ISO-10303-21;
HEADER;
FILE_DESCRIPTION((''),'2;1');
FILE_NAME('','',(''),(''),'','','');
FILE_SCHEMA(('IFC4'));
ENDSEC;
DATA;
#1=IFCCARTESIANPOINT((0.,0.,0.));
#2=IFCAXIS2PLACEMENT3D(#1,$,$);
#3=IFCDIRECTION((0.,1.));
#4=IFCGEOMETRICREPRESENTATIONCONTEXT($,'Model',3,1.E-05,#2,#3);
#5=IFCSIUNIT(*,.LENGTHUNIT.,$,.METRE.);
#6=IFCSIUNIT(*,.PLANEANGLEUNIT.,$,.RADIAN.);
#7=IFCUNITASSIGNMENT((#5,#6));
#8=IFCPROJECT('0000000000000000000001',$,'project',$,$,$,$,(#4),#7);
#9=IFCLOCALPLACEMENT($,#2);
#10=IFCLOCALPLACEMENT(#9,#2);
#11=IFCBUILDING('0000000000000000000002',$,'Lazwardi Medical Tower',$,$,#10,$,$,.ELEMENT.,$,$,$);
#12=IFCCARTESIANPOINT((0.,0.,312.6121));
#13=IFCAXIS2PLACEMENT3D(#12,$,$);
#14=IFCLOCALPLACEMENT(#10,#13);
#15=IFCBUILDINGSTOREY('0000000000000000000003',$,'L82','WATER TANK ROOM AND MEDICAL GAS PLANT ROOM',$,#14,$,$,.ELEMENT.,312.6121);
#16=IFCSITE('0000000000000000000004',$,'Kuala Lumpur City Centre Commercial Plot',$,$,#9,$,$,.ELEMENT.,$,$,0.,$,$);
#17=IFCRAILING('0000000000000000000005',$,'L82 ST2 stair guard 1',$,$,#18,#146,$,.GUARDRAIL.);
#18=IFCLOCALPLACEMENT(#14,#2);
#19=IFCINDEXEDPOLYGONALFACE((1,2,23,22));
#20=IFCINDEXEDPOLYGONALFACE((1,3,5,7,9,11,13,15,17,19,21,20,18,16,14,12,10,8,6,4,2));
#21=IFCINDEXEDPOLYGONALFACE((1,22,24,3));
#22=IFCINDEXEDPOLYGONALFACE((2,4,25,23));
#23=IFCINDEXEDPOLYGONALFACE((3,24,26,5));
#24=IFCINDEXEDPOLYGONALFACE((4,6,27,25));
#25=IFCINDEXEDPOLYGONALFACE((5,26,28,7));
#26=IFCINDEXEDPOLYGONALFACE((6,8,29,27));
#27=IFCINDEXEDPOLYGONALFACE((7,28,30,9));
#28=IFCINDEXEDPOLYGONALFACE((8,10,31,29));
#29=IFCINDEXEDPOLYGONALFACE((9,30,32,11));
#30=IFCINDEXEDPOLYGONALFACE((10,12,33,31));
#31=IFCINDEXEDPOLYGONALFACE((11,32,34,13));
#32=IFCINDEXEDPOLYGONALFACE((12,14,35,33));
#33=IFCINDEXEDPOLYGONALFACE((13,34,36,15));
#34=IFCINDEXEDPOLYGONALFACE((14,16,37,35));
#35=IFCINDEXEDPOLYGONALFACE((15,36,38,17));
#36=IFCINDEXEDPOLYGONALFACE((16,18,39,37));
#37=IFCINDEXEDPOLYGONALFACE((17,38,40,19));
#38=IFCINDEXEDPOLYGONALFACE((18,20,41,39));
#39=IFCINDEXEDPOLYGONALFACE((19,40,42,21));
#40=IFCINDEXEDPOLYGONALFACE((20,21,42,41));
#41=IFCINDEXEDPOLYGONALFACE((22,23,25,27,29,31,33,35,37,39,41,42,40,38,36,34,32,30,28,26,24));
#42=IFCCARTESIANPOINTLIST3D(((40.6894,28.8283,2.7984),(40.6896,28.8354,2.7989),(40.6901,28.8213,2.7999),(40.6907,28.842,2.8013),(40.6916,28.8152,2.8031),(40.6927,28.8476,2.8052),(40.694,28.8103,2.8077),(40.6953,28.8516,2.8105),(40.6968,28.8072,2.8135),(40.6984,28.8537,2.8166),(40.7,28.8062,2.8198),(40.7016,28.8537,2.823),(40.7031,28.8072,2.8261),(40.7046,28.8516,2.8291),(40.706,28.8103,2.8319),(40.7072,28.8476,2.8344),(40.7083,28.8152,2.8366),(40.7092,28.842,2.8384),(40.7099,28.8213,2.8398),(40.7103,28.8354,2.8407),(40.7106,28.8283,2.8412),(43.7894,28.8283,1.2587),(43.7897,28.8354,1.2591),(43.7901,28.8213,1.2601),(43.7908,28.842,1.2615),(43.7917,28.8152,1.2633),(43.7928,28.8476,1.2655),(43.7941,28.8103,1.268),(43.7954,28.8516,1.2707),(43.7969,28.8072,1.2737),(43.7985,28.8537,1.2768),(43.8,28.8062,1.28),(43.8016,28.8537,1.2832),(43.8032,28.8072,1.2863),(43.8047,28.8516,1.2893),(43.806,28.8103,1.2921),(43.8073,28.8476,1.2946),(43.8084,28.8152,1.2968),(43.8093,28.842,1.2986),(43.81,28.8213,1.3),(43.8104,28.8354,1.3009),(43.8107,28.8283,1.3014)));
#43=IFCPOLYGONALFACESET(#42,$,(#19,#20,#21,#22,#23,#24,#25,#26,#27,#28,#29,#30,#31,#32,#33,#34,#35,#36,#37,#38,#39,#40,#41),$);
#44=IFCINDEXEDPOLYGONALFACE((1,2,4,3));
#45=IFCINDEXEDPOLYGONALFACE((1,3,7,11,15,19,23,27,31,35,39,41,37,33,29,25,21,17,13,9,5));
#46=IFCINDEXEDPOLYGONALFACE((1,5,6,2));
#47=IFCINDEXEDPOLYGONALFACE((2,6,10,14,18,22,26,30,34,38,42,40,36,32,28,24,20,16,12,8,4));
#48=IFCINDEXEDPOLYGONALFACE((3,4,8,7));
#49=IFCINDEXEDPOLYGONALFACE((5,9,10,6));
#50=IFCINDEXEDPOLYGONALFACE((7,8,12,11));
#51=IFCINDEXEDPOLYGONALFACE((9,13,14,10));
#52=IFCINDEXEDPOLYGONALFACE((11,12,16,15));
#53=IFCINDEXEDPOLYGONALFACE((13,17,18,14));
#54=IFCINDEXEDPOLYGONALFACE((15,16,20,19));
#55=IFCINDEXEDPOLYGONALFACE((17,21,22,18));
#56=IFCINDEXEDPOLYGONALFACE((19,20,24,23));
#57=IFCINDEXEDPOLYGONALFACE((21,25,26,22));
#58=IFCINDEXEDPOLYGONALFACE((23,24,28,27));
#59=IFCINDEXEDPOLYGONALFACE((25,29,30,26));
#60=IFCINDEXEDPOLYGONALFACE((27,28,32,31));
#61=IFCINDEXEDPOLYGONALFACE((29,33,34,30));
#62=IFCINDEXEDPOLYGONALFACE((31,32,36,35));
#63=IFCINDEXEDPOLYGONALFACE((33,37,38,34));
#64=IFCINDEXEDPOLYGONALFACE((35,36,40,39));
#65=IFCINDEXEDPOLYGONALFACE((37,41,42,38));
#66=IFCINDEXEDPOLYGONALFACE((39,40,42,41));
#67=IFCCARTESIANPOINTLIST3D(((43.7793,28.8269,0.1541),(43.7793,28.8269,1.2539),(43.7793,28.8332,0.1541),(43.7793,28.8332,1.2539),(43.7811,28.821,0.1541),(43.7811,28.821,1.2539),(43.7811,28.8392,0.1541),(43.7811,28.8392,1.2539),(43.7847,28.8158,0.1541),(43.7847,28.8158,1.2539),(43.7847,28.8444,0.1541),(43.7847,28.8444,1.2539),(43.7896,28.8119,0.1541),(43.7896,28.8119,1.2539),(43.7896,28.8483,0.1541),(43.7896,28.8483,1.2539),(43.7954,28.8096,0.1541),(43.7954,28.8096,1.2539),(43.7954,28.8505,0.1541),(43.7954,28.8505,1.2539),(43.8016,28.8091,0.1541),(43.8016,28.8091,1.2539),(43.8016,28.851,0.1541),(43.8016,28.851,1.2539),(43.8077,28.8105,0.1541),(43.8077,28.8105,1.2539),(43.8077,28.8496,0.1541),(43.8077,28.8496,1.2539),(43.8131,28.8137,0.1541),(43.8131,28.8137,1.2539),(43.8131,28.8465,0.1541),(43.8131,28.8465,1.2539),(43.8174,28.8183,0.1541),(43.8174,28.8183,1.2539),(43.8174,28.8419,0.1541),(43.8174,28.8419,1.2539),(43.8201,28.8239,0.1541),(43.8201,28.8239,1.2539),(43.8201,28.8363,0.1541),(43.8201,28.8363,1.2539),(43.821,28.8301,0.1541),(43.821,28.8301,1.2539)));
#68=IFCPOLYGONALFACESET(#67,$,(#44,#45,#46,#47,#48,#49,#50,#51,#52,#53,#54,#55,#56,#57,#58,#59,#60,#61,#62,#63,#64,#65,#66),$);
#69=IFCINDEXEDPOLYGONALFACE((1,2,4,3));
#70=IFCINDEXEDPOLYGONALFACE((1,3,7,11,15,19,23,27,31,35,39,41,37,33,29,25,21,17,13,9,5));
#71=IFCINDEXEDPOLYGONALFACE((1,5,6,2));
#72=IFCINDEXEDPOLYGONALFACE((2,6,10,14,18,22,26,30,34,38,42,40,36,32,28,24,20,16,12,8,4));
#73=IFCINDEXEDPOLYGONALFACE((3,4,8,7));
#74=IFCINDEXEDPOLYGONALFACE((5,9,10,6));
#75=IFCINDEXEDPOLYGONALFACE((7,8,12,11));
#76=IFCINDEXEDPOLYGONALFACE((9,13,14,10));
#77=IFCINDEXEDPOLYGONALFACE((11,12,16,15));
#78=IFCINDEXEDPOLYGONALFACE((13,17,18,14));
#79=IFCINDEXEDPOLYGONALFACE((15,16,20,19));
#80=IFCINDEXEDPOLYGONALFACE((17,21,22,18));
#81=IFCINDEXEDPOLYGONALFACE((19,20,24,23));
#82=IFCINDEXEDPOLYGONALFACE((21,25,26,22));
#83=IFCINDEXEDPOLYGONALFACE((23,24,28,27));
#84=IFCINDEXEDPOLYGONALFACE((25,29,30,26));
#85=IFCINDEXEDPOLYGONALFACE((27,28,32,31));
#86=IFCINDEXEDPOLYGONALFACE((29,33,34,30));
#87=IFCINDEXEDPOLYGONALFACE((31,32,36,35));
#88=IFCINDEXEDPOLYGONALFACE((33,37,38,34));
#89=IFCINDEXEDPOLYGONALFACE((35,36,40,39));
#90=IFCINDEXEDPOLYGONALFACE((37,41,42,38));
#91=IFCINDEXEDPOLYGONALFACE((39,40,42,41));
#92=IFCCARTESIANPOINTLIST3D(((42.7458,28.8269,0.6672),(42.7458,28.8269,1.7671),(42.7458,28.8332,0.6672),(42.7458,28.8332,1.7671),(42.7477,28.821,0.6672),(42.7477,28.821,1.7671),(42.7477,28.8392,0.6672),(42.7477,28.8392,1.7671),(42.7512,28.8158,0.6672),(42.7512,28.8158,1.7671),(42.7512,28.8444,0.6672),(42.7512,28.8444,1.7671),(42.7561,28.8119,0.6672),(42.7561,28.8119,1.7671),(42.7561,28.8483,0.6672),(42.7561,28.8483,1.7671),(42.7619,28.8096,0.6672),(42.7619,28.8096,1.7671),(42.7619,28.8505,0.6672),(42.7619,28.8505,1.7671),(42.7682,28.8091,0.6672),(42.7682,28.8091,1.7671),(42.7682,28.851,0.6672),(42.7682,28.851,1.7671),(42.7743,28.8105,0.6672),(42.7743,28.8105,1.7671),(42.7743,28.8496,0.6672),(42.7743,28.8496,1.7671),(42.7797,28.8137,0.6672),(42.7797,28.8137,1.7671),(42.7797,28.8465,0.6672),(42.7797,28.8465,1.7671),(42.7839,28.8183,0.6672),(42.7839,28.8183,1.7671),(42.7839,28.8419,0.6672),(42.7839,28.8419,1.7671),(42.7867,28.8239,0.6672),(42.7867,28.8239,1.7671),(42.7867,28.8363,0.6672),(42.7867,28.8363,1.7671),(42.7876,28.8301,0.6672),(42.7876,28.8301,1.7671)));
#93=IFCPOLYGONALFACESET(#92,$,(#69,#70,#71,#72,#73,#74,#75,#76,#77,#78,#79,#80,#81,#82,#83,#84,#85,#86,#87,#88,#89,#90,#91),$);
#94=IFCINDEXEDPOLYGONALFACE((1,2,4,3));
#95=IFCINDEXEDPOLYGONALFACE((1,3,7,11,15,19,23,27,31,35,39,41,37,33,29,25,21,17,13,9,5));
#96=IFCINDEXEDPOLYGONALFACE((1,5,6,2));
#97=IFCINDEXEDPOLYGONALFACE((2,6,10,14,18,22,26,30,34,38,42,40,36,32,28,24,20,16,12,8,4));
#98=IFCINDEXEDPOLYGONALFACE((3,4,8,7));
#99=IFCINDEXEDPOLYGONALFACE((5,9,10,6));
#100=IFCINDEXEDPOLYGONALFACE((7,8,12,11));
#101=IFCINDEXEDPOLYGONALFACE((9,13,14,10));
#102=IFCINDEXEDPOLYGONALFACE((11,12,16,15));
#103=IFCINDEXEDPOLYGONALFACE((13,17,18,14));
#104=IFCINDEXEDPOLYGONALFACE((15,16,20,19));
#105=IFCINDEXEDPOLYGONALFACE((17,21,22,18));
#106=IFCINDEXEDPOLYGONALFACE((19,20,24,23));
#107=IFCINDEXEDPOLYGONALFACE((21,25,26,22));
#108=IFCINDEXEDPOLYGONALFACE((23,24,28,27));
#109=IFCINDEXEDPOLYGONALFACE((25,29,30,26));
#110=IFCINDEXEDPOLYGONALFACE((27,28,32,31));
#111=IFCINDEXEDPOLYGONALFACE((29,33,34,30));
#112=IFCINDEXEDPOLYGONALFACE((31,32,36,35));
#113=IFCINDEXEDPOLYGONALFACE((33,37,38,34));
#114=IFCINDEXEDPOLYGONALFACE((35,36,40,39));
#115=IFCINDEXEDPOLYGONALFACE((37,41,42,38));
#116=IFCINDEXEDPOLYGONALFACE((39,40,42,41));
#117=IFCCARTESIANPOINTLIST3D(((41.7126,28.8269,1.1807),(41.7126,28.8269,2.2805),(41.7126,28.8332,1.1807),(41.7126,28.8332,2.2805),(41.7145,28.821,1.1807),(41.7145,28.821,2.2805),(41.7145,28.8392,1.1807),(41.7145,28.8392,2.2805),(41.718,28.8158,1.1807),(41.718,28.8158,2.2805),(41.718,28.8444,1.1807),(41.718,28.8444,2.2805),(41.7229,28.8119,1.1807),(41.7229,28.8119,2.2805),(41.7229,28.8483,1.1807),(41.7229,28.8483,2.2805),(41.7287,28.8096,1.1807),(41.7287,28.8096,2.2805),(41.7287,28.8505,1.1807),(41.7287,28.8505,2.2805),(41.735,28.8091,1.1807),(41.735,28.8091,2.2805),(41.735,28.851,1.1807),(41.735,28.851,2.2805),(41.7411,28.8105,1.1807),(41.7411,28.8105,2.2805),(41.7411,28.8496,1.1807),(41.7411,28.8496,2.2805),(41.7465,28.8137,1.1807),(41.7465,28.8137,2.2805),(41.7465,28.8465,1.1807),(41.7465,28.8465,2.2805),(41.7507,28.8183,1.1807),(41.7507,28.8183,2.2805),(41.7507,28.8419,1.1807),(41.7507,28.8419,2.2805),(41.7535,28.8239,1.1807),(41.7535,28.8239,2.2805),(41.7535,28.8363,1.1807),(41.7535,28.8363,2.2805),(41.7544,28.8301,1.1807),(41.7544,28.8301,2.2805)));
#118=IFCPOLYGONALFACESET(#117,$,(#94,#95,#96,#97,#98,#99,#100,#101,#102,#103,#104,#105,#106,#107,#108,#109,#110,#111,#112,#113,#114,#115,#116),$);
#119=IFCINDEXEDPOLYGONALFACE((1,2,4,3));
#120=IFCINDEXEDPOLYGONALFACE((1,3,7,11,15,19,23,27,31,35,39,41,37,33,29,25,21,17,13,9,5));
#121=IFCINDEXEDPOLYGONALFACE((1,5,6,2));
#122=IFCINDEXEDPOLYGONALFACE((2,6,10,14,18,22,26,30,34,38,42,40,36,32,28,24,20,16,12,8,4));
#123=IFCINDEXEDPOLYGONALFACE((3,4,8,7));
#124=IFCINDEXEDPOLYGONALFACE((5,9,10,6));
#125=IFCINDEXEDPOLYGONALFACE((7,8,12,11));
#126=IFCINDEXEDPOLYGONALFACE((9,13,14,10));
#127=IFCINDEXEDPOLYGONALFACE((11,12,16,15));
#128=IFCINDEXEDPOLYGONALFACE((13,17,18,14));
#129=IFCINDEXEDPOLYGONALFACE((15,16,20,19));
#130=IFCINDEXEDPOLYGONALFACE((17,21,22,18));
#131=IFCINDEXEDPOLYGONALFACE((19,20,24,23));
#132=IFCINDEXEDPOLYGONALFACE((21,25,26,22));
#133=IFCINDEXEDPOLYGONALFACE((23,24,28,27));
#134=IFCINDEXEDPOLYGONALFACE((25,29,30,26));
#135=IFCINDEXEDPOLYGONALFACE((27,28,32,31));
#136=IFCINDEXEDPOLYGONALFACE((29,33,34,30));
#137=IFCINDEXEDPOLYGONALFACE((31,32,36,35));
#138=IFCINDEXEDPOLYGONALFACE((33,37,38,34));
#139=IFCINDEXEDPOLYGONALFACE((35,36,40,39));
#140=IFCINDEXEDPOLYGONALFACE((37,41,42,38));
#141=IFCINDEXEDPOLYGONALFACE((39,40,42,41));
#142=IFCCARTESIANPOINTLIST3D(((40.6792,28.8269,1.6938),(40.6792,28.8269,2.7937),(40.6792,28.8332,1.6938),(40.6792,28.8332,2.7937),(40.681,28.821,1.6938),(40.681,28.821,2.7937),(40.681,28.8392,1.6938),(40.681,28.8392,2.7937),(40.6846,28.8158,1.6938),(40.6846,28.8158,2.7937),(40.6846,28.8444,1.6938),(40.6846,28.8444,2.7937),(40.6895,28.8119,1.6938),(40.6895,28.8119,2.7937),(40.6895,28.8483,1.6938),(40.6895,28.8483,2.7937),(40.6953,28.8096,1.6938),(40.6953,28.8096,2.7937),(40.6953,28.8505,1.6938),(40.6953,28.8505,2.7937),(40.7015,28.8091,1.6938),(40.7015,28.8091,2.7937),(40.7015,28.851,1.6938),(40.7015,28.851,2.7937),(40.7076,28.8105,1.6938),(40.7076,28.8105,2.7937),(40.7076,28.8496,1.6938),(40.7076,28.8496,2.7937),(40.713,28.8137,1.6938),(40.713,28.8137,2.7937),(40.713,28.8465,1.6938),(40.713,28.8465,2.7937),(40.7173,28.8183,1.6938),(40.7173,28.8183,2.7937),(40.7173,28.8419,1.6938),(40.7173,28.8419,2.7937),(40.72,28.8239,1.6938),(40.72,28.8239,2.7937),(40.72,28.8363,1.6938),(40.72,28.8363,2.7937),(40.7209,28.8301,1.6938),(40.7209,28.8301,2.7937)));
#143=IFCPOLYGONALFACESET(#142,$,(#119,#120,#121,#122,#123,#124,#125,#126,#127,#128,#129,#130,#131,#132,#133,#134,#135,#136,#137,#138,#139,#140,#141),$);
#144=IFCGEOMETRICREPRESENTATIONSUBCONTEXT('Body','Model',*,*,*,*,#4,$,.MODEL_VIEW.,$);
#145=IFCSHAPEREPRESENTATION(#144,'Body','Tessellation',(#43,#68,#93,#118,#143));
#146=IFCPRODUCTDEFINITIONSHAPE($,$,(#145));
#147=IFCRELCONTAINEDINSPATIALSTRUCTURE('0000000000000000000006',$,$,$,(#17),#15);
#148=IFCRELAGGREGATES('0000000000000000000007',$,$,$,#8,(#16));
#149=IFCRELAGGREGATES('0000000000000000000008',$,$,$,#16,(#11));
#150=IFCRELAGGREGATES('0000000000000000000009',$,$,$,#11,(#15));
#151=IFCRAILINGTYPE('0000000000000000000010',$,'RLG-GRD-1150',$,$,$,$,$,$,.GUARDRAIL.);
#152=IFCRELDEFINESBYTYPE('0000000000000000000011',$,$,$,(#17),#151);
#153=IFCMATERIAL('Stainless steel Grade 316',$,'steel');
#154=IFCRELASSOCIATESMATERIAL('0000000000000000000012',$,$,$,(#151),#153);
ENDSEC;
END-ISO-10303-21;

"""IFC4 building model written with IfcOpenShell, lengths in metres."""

from ifc_helpers import new_model, si_unit, direction, frame, origin, origin_2d, place, context, subcontext, project, spatial, circle, extrude, material, type_object, element, save


model = new_model("IFC4")

# Units and contexts
model_context = context("Model", 3, precision=1e-05, world=origin(), true_north=direction((0.0, 1.0)))
body_context = subcontext(model_context, "Body", "Model", "MODEL_VIEW")
ifc_project = project(units=[si_unit("LENGTHUNIT", "METRE"), si_unit("PLANEANGLEUNIT", "RADIAN")], contexts=[model_context])

# Site, building, storey
site_placement = place(None, origin())
site = spatial("IfcSite", under=ifc_project, at=site_placement, Name="Kuala Lumpur City Centre Commercial Plot", CompositionType="ELEMENT", RefElevation=0.0)
building_placement = place(site_placement, origin())
building = spatial("IfcBuilding", under=site, at=building_placement, Name="Lazwardi Medical Tower", CompositionType="ELEMENT")
storey_placement = place(building_placement, frame((0.0, 0.0, 312.6121)))
storey = spatial("IfcBuildingStorey", under=building, at=storey_placement, Name="L82", Description="WATER TANK ROOM AND MEDICAL GAS PLANT ROOM", CompositionType="ELEMENT", Elevation=312.6121)

# Railing
ifc_material_1 = material(Name="Stainless steel Grade 316", Category="steel")
railing_type_1 = type_object("IfcRailingType", Name="RLG-GRD-1150", PredefinedType="GUARDRAIL", material=ifc_material_1)
railing_1_placement = place(storey_placement, frame((43.8, 28.8301, 0.1541)))
element("IfcRailing", 1, at=railing_1_placement, inside=storey, type_object=railing_type_1, Name="L82 ST2 stair guard 1", PredefinedType="GUARDRAIL", context=body_context, shape_type="SweptSolid", body=[
    extrude(circle(Radius=0.0239, at=origin_2d()), frame((0.0, 0.0, 1.126), z_axis=(-0.895609, 0.0, 0.444842), x_axis=(0.0, -1.0, 0.0)), (0.0, 0.0, 1.0), 3.4614),
    extrude(circle(Radius=0.021, at=origin_2d()), origin(), (0.0, 0.0, 1.0), 1.0999),
    extrude(circle(Radius=0.021, at=origin_2d()), frame((-1.0334, 0.0, 0.5132)), (0.0, 0.0, 1.0), 1.0999),
    extrude(circle(Radius=0.021, at=origin_2d()), frame((-2.0667, 0.0, 1.0266)), (0.0, 0.0, 1.0), 1.0999),
    extrude(circle(Radius=0.021, at=origin_2d()), frame((-3.1001, 0.0, 1.5398)), (0.0, 0.0, 1.0), 1.0999),
])

save(model, "model.ifc")
